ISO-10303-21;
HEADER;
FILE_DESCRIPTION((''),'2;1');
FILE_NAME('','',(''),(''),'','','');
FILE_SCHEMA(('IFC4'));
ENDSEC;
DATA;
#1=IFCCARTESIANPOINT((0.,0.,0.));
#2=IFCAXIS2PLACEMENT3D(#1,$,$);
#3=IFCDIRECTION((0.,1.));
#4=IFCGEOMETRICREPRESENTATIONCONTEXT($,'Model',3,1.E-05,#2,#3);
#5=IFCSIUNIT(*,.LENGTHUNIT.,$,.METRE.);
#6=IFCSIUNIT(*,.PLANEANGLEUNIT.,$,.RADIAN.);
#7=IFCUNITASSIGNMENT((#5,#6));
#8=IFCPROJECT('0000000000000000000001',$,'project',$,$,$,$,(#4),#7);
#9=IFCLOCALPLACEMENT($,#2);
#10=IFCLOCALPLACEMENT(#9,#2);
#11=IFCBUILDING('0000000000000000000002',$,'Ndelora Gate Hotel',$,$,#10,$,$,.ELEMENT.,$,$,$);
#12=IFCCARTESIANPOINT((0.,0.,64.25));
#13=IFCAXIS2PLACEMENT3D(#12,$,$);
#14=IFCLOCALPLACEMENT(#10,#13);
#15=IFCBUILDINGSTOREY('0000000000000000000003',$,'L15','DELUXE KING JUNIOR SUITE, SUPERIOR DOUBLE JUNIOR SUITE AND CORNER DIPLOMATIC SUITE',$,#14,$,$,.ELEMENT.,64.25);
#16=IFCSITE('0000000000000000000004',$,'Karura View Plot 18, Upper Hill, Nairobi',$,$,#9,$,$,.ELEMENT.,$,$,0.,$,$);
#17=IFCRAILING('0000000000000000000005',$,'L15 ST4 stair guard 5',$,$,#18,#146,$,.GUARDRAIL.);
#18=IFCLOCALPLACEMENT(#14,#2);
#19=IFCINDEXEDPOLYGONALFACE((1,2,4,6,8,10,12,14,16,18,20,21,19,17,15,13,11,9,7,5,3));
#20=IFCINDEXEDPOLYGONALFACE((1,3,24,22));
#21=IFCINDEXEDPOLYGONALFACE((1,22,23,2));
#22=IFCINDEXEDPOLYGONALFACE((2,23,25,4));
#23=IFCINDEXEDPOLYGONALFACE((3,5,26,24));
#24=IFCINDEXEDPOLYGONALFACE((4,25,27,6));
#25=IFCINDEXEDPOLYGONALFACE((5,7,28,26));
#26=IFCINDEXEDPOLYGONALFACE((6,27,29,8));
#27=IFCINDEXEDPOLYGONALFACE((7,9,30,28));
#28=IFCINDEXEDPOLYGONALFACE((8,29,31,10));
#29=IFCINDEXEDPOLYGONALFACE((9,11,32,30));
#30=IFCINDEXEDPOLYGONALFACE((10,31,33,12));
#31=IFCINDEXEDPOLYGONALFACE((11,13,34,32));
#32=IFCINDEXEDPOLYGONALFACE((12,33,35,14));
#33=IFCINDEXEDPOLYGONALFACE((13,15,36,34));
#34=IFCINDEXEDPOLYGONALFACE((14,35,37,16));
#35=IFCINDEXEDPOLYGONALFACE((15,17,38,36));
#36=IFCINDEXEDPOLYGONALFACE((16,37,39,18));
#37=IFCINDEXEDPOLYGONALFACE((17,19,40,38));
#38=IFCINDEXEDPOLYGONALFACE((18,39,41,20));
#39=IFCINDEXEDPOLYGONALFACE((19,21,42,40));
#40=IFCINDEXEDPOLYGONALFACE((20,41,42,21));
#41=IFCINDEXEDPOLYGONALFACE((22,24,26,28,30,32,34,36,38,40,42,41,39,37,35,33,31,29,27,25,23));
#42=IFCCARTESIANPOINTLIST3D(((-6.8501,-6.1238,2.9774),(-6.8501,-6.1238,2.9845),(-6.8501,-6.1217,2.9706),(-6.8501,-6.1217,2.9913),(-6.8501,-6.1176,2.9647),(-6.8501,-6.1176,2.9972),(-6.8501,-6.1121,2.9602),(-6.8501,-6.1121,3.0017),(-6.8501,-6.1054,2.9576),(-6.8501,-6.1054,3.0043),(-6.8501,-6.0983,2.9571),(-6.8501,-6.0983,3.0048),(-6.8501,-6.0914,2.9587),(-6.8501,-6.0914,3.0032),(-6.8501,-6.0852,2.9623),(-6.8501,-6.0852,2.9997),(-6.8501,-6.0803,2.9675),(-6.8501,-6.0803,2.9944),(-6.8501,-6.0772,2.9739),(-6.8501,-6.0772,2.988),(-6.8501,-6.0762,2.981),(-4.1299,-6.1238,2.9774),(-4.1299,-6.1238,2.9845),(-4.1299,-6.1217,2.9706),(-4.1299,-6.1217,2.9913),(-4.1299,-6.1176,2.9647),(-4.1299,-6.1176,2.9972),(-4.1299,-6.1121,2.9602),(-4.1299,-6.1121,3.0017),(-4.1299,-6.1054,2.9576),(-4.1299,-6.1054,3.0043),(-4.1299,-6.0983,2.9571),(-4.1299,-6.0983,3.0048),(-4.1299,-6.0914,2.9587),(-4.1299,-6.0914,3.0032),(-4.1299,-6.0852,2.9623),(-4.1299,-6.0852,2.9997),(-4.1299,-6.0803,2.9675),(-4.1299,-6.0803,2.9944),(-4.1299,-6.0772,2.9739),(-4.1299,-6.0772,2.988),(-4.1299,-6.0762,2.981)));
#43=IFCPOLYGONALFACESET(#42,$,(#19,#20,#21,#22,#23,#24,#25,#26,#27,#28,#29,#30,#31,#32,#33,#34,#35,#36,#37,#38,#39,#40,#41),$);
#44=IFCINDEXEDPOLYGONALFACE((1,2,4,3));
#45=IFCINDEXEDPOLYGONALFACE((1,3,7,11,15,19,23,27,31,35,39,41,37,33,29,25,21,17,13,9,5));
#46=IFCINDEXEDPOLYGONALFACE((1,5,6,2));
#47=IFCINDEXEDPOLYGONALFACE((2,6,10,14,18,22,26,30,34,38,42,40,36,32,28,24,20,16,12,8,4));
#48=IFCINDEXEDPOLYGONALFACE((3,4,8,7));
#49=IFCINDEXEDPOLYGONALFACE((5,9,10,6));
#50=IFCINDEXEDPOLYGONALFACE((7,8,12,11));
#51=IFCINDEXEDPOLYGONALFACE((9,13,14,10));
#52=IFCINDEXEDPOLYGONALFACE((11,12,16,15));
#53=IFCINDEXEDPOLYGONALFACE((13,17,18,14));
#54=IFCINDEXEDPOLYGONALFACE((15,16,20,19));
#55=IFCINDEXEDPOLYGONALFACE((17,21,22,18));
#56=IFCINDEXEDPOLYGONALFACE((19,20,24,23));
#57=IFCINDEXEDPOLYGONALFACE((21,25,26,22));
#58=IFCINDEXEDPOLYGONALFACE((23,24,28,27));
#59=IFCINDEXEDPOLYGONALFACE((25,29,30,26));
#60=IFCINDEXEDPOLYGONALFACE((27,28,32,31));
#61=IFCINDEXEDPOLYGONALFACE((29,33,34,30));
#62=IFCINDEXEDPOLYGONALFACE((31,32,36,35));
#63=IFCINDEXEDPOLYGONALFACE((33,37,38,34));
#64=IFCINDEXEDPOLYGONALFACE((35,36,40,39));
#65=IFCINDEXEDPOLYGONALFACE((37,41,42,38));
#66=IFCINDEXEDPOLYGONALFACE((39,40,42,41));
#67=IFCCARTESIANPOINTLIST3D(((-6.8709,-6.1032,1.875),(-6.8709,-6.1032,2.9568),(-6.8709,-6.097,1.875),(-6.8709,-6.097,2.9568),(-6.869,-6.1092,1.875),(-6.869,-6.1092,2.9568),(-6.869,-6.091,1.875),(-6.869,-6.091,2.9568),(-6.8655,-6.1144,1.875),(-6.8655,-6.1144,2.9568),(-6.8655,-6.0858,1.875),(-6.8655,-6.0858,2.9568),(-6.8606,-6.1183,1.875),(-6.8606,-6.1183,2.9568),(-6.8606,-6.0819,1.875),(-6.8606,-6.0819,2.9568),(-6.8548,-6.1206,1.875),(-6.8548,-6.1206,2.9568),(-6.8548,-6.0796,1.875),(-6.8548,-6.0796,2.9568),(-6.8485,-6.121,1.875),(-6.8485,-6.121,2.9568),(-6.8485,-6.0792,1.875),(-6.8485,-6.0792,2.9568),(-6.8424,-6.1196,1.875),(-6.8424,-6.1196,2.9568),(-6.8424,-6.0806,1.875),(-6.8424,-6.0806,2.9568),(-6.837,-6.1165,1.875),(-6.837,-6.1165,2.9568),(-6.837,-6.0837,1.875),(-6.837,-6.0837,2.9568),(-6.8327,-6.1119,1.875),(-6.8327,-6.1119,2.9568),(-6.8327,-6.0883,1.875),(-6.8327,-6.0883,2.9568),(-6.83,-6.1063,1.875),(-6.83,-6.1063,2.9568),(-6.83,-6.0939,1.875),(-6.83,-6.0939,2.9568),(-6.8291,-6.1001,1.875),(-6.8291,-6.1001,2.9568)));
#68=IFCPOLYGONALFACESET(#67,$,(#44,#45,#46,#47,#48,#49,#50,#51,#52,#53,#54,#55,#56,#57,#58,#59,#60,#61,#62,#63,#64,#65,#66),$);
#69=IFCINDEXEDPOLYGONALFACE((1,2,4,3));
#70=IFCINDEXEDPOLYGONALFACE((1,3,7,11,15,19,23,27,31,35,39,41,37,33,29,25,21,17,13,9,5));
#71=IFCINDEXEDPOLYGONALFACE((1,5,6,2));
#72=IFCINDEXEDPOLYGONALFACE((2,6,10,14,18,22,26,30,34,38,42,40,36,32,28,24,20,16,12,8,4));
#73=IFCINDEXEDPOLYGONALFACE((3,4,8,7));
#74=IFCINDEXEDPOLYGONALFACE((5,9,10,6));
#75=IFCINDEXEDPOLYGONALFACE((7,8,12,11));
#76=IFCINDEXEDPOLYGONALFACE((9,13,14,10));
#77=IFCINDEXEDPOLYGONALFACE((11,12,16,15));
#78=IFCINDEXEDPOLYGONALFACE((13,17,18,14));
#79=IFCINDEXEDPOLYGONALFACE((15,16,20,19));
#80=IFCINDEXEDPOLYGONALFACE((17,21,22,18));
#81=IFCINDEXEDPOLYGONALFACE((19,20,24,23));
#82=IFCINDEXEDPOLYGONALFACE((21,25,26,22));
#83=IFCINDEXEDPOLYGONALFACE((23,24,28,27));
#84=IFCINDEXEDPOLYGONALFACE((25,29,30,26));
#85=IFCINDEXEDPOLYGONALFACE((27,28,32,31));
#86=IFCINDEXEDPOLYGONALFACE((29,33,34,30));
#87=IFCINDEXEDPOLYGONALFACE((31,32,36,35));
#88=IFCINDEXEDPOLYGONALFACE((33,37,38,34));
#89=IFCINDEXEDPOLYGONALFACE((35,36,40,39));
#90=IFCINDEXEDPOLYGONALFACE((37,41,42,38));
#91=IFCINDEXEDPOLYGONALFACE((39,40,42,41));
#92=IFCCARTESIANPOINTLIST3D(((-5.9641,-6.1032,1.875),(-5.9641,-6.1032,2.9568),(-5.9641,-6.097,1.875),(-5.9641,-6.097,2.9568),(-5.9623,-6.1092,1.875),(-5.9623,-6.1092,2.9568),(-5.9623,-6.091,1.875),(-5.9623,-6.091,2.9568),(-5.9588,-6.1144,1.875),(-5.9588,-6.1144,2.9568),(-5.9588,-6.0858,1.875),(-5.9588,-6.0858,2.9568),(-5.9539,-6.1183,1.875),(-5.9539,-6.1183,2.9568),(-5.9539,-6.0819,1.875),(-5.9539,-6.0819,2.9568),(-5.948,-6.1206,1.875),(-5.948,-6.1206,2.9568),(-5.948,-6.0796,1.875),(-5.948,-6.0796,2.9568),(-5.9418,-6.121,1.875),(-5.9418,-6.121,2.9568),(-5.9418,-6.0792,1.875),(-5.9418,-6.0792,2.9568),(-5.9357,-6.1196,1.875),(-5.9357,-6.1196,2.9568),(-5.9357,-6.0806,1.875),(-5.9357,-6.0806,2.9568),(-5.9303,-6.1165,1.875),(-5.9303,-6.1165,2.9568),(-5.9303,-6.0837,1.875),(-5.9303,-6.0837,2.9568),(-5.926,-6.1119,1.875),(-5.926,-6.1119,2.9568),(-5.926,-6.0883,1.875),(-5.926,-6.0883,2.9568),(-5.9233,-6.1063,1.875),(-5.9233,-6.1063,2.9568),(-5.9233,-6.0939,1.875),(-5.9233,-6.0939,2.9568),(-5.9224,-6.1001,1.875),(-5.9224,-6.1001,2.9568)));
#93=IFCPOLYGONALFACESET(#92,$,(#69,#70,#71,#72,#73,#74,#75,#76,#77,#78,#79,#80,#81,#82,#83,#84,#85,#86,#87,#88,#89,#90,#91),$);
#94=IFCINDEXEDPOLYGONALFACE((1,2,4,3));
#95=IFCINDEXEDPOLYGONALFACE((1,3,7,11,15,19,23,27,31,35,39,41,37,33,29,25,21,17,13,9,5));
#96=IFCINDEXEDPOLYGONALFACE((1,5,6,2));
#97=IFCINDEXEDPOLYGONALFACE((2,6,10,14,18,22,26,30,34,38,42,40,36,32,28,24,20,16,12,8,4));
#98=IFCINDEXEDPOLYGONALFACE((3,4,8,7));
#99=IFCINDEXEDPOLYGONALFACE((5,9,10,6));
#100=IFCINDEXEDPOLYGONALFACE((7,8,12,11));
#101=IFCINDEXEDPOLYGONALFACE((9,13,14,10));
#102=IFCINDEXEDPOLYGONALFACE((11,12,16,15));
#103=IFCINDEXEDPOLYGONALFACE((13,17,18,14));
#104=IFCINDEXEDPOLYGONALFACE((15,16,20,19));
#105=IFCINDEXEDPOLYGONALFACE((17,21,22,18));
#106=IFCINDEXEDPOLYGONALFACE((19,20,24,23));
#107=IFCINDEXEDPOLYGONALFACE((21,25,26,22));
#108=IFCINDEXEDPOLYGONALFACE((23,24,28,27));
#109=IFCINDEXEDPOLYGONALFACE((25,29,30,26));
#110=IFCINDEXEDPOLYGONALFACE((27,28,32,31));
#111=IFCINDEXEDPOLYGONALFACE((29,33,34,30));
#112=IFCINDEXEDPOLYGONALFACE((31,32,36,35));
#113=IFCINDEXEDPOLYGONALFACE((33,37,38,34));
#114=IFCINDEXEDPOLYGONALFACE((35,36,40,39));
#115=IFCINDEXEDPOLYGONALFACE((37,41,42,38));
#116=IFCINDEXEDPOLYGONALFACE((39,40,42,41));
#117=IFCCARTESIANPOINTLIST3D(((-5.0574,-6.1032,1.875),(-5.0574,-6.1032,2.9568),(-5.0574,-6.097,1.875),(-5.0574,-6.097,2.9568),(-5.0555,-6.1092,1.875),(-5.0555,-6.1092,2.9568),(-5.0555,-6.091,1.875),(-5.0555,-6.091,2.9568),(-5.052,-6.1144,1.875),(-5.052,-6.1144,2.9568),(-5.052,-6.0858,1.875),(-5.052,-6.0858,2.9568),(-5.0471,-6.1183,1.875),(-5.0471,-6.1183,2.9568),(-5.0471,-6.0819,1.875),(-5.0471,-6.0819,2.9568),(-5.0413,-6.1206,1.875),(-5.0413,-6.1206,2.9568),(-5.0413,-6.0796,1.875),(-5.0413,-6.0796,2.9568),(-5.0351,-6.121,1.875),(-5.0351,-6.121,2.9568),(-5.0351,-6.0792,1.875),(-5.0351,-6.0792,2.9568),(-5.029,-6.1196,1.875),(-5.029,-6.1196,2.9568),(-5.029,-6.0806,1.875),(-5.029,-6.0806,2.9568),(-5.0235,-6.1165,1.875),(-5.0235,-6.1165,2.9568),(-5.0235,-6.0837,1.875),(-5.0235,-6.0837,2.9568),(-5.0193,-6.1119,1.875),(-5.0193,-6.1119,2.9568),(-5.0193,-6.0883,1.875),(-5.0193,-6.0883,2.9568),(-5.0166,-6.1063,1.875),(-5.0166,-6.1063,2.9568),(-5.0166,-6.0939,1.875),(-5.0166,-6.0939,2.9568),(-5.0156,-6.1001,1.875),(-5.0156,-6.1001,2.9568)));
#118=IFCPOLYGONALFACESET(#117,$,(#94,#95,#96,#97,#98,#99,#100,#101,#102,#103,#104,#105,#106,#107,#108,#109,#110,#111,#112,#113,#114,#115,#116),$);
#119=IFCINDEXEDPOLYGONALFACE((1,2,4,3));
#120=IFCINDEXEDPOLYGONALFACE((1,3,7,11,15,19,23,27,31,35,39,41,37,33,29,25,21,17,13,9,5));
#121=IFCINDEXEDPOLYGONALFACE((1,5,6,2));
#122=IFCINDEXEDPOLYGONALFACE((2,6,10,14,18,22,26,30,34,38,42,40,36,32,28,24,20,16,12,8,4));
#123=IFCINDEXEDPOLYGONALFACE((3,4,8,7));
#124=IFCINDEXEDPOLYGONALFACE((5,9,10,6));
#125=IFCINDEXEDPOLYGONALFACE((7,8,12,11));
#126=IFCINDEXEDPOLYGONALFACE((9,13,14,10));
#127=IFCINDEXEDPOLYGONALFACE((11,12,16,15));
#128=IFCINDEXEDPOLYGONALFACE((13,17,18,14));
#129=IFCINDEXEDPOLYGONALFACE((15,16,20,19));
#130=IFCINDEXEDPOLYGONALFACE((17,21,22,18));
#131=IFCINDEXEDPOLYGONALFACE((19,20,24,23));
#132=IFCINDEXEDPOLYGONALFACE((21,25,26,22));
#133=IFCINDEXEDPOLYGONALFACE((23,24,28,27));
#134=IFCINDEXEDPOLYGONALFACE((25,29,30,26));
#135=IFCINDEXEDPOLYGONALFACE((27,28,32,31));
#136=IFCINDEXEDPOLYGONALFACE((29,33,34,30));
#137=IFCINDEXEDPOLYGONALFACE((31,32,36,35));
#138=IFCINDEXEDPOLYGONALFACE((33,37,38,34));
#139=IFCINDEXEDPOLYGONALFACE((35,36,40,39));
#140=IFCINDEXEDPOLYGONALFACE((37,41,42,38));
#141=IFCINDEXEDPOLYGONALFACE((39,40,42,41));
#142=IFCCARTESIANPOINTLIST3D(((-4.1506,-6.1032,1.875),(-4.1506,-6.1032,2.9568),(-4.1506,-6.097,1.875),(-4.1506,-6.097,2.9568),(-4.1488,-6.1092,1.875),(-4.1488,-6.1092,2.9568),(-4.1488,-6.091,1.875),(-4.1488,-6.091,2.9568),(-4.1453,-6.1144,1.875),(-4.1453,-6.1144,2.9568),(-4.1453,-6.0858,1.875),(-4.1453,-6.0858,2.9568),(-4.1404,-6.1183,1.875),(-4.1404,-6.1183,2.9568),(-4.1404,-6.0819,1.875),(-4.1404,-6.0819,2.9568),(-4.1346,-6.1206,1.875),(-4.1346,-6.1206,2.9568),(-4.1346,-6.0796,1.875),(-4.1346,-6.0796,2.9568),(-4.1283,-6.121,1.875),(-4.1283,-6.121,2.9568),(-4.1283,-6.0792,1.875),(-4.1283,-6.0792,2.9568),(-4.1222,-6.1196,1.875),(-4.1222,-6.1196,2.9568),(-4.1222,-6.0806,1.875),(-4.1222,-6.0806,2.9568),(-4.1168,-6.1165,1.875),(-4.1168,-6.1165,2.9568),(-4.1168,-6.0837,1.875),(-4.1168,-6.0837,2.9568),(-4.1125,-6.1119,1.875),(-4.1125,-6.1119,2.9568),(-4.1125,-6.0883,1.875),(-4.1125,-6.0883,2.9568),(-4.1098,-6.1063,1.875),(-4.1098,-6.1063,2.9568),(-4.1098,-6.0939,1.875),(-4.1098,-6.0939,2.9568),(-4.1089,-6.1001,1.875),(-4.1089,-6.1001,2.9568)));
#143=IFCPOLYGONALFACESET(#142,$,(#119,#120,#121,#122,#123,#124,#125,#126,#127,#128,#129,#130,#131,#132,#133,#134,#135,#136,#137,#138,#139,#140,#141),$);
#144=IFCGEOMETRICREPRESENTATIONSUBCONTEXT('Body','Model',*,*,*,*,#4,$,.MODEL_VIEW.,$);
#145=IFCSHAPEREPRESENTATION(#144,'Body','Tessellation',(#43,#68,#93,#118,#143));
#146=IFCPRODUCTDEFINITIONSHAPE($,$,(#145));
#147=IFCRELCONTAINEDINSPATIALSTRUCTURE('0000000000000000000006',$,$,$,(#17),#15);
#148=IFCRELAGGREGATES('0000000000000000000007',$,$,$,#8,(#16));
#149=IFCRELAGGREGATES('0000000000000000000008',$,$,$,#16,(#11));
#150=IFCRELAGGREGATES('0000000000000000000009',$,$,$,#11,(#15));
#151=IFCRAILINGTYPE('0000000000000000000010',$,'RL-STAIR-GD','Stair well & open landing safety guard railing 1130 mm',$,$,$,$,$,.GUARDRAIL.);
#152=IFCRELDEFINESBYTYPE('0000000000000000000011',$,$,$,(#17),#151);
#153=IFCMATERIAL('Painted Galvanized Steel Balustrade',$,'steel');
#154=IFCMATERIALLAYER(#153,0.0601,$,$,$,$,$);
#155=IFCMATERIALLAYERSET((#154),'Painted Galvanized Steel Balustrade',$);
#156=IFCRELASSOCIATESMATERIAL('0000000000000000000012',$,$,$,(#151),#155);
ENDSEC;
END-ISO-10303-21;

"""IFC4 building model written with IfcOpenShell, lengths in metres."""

from ifc_helpers import new_model, si_unit, direction, frame, origin, origin_2d, place, context, subcontext, project, spatial, circle, extrude, material, layer, layer_set, type_object, element, save


model = new_model("IFC4")

# Units and contexts
model_context = context("Model", 3, precision=1e-05, world=origin(), true_north=direction((0.0, 1.0)))
body_context = subcontext(model_context, "Body", "Model", "MODEL_VIEW")
ifc_project = project(units=[si_unit("LENGTHUNIT", "METRE"), si_unit("PLANEANGLEUNIT", "RADIAN")], contexts=[model_context])

# Site, building, storey
site_placement = place(None, origin())
site = spatial("IfcSite", under=ifc_project, at=site_placement, Name="Karura View Plot 18, Upper Hill, Nairobi", CompositionType="ELEMENT", RefElevation=0.0)
building_placement = place(site_placement, origin())
building = spatial("IfcBuilding", under=site, at=building_placement, Name="Ndelora Gate Hotel", CompositionType="ELEMENT")
storey_placement = place(building_placement, frame((0.0, 0.0, 64.25)))
storey = spatial("IfcBuildingStorey", under=building, at=storey_placement, Name="L15", Description="DELUXE KING JUNIOR SUITE, SUPERIOR DOUBLE JUNIOR SUITE AND CORNER DIPLOMATIC SUITE", CompositionType="ELEMENT", Elevation=64.25)

# Railing
ifc_material_1 = material(Name="Painted Galvanized Steel Balustrade", Category="steel")
ifc_layer_1 = layer(ifc_material_1, 0.0601)
ifc_layer_set_1 = layer_set([ifc_layer_1], Name="Painted Galvanized Steel Balustrade")
railing_type_1 = type_object("IfcRailingType", Name="RL-STAIR-GD", Description="Stair well & open landing safety guard railing 1130 mm", PredefinedType="GUARDRAIL", material=ifc_layer_set_1)
railing_1_placement = place(storey_placement, frame((-6.8501, -6.1001, 1.875)))
element("IfcRailing", 1, at=railing_1_placement, inside=storey, type_object=railing_type_1, Name="L15 ST4 stair guard 5", PredefinedType="GUARDRAIL", context=body_context, shape_type="SweptSolid", body=[
    extrude(circle(Radius=0.0239, at=origin_2d()), frame((0.0, 0.0, 1.106), z_axis=(1.0, 0.0, 0.0), x_axis=(0.0, 1.0, 0.0)), (0.0, 0.0, 1.0), 2.7202),
    extrude(circle(Radius=0.021, at=origin_2d()), origin(), (0.0, 0.0, 1.0), 1.0818),
    extrude(circle(Radius=0.021, at=origin_2d()), frame((0.9067, 0.0, 0.0)), (0.0, 0.0, 1.0), 1.0818),
    extrude(circle(Radius=0.021, at=origin_2d()), frame((1.8135, 0.0, 0.0)), (0.0, 0.0, 1.0), 1.0818),
    extrude(circle(Radius=0.021, at=origin_2d()), frame((2.7202, 0.0, 0.0)), (0.0, 0.0, 1.0), 1.0818),
])

save(model, "model.ifc")
